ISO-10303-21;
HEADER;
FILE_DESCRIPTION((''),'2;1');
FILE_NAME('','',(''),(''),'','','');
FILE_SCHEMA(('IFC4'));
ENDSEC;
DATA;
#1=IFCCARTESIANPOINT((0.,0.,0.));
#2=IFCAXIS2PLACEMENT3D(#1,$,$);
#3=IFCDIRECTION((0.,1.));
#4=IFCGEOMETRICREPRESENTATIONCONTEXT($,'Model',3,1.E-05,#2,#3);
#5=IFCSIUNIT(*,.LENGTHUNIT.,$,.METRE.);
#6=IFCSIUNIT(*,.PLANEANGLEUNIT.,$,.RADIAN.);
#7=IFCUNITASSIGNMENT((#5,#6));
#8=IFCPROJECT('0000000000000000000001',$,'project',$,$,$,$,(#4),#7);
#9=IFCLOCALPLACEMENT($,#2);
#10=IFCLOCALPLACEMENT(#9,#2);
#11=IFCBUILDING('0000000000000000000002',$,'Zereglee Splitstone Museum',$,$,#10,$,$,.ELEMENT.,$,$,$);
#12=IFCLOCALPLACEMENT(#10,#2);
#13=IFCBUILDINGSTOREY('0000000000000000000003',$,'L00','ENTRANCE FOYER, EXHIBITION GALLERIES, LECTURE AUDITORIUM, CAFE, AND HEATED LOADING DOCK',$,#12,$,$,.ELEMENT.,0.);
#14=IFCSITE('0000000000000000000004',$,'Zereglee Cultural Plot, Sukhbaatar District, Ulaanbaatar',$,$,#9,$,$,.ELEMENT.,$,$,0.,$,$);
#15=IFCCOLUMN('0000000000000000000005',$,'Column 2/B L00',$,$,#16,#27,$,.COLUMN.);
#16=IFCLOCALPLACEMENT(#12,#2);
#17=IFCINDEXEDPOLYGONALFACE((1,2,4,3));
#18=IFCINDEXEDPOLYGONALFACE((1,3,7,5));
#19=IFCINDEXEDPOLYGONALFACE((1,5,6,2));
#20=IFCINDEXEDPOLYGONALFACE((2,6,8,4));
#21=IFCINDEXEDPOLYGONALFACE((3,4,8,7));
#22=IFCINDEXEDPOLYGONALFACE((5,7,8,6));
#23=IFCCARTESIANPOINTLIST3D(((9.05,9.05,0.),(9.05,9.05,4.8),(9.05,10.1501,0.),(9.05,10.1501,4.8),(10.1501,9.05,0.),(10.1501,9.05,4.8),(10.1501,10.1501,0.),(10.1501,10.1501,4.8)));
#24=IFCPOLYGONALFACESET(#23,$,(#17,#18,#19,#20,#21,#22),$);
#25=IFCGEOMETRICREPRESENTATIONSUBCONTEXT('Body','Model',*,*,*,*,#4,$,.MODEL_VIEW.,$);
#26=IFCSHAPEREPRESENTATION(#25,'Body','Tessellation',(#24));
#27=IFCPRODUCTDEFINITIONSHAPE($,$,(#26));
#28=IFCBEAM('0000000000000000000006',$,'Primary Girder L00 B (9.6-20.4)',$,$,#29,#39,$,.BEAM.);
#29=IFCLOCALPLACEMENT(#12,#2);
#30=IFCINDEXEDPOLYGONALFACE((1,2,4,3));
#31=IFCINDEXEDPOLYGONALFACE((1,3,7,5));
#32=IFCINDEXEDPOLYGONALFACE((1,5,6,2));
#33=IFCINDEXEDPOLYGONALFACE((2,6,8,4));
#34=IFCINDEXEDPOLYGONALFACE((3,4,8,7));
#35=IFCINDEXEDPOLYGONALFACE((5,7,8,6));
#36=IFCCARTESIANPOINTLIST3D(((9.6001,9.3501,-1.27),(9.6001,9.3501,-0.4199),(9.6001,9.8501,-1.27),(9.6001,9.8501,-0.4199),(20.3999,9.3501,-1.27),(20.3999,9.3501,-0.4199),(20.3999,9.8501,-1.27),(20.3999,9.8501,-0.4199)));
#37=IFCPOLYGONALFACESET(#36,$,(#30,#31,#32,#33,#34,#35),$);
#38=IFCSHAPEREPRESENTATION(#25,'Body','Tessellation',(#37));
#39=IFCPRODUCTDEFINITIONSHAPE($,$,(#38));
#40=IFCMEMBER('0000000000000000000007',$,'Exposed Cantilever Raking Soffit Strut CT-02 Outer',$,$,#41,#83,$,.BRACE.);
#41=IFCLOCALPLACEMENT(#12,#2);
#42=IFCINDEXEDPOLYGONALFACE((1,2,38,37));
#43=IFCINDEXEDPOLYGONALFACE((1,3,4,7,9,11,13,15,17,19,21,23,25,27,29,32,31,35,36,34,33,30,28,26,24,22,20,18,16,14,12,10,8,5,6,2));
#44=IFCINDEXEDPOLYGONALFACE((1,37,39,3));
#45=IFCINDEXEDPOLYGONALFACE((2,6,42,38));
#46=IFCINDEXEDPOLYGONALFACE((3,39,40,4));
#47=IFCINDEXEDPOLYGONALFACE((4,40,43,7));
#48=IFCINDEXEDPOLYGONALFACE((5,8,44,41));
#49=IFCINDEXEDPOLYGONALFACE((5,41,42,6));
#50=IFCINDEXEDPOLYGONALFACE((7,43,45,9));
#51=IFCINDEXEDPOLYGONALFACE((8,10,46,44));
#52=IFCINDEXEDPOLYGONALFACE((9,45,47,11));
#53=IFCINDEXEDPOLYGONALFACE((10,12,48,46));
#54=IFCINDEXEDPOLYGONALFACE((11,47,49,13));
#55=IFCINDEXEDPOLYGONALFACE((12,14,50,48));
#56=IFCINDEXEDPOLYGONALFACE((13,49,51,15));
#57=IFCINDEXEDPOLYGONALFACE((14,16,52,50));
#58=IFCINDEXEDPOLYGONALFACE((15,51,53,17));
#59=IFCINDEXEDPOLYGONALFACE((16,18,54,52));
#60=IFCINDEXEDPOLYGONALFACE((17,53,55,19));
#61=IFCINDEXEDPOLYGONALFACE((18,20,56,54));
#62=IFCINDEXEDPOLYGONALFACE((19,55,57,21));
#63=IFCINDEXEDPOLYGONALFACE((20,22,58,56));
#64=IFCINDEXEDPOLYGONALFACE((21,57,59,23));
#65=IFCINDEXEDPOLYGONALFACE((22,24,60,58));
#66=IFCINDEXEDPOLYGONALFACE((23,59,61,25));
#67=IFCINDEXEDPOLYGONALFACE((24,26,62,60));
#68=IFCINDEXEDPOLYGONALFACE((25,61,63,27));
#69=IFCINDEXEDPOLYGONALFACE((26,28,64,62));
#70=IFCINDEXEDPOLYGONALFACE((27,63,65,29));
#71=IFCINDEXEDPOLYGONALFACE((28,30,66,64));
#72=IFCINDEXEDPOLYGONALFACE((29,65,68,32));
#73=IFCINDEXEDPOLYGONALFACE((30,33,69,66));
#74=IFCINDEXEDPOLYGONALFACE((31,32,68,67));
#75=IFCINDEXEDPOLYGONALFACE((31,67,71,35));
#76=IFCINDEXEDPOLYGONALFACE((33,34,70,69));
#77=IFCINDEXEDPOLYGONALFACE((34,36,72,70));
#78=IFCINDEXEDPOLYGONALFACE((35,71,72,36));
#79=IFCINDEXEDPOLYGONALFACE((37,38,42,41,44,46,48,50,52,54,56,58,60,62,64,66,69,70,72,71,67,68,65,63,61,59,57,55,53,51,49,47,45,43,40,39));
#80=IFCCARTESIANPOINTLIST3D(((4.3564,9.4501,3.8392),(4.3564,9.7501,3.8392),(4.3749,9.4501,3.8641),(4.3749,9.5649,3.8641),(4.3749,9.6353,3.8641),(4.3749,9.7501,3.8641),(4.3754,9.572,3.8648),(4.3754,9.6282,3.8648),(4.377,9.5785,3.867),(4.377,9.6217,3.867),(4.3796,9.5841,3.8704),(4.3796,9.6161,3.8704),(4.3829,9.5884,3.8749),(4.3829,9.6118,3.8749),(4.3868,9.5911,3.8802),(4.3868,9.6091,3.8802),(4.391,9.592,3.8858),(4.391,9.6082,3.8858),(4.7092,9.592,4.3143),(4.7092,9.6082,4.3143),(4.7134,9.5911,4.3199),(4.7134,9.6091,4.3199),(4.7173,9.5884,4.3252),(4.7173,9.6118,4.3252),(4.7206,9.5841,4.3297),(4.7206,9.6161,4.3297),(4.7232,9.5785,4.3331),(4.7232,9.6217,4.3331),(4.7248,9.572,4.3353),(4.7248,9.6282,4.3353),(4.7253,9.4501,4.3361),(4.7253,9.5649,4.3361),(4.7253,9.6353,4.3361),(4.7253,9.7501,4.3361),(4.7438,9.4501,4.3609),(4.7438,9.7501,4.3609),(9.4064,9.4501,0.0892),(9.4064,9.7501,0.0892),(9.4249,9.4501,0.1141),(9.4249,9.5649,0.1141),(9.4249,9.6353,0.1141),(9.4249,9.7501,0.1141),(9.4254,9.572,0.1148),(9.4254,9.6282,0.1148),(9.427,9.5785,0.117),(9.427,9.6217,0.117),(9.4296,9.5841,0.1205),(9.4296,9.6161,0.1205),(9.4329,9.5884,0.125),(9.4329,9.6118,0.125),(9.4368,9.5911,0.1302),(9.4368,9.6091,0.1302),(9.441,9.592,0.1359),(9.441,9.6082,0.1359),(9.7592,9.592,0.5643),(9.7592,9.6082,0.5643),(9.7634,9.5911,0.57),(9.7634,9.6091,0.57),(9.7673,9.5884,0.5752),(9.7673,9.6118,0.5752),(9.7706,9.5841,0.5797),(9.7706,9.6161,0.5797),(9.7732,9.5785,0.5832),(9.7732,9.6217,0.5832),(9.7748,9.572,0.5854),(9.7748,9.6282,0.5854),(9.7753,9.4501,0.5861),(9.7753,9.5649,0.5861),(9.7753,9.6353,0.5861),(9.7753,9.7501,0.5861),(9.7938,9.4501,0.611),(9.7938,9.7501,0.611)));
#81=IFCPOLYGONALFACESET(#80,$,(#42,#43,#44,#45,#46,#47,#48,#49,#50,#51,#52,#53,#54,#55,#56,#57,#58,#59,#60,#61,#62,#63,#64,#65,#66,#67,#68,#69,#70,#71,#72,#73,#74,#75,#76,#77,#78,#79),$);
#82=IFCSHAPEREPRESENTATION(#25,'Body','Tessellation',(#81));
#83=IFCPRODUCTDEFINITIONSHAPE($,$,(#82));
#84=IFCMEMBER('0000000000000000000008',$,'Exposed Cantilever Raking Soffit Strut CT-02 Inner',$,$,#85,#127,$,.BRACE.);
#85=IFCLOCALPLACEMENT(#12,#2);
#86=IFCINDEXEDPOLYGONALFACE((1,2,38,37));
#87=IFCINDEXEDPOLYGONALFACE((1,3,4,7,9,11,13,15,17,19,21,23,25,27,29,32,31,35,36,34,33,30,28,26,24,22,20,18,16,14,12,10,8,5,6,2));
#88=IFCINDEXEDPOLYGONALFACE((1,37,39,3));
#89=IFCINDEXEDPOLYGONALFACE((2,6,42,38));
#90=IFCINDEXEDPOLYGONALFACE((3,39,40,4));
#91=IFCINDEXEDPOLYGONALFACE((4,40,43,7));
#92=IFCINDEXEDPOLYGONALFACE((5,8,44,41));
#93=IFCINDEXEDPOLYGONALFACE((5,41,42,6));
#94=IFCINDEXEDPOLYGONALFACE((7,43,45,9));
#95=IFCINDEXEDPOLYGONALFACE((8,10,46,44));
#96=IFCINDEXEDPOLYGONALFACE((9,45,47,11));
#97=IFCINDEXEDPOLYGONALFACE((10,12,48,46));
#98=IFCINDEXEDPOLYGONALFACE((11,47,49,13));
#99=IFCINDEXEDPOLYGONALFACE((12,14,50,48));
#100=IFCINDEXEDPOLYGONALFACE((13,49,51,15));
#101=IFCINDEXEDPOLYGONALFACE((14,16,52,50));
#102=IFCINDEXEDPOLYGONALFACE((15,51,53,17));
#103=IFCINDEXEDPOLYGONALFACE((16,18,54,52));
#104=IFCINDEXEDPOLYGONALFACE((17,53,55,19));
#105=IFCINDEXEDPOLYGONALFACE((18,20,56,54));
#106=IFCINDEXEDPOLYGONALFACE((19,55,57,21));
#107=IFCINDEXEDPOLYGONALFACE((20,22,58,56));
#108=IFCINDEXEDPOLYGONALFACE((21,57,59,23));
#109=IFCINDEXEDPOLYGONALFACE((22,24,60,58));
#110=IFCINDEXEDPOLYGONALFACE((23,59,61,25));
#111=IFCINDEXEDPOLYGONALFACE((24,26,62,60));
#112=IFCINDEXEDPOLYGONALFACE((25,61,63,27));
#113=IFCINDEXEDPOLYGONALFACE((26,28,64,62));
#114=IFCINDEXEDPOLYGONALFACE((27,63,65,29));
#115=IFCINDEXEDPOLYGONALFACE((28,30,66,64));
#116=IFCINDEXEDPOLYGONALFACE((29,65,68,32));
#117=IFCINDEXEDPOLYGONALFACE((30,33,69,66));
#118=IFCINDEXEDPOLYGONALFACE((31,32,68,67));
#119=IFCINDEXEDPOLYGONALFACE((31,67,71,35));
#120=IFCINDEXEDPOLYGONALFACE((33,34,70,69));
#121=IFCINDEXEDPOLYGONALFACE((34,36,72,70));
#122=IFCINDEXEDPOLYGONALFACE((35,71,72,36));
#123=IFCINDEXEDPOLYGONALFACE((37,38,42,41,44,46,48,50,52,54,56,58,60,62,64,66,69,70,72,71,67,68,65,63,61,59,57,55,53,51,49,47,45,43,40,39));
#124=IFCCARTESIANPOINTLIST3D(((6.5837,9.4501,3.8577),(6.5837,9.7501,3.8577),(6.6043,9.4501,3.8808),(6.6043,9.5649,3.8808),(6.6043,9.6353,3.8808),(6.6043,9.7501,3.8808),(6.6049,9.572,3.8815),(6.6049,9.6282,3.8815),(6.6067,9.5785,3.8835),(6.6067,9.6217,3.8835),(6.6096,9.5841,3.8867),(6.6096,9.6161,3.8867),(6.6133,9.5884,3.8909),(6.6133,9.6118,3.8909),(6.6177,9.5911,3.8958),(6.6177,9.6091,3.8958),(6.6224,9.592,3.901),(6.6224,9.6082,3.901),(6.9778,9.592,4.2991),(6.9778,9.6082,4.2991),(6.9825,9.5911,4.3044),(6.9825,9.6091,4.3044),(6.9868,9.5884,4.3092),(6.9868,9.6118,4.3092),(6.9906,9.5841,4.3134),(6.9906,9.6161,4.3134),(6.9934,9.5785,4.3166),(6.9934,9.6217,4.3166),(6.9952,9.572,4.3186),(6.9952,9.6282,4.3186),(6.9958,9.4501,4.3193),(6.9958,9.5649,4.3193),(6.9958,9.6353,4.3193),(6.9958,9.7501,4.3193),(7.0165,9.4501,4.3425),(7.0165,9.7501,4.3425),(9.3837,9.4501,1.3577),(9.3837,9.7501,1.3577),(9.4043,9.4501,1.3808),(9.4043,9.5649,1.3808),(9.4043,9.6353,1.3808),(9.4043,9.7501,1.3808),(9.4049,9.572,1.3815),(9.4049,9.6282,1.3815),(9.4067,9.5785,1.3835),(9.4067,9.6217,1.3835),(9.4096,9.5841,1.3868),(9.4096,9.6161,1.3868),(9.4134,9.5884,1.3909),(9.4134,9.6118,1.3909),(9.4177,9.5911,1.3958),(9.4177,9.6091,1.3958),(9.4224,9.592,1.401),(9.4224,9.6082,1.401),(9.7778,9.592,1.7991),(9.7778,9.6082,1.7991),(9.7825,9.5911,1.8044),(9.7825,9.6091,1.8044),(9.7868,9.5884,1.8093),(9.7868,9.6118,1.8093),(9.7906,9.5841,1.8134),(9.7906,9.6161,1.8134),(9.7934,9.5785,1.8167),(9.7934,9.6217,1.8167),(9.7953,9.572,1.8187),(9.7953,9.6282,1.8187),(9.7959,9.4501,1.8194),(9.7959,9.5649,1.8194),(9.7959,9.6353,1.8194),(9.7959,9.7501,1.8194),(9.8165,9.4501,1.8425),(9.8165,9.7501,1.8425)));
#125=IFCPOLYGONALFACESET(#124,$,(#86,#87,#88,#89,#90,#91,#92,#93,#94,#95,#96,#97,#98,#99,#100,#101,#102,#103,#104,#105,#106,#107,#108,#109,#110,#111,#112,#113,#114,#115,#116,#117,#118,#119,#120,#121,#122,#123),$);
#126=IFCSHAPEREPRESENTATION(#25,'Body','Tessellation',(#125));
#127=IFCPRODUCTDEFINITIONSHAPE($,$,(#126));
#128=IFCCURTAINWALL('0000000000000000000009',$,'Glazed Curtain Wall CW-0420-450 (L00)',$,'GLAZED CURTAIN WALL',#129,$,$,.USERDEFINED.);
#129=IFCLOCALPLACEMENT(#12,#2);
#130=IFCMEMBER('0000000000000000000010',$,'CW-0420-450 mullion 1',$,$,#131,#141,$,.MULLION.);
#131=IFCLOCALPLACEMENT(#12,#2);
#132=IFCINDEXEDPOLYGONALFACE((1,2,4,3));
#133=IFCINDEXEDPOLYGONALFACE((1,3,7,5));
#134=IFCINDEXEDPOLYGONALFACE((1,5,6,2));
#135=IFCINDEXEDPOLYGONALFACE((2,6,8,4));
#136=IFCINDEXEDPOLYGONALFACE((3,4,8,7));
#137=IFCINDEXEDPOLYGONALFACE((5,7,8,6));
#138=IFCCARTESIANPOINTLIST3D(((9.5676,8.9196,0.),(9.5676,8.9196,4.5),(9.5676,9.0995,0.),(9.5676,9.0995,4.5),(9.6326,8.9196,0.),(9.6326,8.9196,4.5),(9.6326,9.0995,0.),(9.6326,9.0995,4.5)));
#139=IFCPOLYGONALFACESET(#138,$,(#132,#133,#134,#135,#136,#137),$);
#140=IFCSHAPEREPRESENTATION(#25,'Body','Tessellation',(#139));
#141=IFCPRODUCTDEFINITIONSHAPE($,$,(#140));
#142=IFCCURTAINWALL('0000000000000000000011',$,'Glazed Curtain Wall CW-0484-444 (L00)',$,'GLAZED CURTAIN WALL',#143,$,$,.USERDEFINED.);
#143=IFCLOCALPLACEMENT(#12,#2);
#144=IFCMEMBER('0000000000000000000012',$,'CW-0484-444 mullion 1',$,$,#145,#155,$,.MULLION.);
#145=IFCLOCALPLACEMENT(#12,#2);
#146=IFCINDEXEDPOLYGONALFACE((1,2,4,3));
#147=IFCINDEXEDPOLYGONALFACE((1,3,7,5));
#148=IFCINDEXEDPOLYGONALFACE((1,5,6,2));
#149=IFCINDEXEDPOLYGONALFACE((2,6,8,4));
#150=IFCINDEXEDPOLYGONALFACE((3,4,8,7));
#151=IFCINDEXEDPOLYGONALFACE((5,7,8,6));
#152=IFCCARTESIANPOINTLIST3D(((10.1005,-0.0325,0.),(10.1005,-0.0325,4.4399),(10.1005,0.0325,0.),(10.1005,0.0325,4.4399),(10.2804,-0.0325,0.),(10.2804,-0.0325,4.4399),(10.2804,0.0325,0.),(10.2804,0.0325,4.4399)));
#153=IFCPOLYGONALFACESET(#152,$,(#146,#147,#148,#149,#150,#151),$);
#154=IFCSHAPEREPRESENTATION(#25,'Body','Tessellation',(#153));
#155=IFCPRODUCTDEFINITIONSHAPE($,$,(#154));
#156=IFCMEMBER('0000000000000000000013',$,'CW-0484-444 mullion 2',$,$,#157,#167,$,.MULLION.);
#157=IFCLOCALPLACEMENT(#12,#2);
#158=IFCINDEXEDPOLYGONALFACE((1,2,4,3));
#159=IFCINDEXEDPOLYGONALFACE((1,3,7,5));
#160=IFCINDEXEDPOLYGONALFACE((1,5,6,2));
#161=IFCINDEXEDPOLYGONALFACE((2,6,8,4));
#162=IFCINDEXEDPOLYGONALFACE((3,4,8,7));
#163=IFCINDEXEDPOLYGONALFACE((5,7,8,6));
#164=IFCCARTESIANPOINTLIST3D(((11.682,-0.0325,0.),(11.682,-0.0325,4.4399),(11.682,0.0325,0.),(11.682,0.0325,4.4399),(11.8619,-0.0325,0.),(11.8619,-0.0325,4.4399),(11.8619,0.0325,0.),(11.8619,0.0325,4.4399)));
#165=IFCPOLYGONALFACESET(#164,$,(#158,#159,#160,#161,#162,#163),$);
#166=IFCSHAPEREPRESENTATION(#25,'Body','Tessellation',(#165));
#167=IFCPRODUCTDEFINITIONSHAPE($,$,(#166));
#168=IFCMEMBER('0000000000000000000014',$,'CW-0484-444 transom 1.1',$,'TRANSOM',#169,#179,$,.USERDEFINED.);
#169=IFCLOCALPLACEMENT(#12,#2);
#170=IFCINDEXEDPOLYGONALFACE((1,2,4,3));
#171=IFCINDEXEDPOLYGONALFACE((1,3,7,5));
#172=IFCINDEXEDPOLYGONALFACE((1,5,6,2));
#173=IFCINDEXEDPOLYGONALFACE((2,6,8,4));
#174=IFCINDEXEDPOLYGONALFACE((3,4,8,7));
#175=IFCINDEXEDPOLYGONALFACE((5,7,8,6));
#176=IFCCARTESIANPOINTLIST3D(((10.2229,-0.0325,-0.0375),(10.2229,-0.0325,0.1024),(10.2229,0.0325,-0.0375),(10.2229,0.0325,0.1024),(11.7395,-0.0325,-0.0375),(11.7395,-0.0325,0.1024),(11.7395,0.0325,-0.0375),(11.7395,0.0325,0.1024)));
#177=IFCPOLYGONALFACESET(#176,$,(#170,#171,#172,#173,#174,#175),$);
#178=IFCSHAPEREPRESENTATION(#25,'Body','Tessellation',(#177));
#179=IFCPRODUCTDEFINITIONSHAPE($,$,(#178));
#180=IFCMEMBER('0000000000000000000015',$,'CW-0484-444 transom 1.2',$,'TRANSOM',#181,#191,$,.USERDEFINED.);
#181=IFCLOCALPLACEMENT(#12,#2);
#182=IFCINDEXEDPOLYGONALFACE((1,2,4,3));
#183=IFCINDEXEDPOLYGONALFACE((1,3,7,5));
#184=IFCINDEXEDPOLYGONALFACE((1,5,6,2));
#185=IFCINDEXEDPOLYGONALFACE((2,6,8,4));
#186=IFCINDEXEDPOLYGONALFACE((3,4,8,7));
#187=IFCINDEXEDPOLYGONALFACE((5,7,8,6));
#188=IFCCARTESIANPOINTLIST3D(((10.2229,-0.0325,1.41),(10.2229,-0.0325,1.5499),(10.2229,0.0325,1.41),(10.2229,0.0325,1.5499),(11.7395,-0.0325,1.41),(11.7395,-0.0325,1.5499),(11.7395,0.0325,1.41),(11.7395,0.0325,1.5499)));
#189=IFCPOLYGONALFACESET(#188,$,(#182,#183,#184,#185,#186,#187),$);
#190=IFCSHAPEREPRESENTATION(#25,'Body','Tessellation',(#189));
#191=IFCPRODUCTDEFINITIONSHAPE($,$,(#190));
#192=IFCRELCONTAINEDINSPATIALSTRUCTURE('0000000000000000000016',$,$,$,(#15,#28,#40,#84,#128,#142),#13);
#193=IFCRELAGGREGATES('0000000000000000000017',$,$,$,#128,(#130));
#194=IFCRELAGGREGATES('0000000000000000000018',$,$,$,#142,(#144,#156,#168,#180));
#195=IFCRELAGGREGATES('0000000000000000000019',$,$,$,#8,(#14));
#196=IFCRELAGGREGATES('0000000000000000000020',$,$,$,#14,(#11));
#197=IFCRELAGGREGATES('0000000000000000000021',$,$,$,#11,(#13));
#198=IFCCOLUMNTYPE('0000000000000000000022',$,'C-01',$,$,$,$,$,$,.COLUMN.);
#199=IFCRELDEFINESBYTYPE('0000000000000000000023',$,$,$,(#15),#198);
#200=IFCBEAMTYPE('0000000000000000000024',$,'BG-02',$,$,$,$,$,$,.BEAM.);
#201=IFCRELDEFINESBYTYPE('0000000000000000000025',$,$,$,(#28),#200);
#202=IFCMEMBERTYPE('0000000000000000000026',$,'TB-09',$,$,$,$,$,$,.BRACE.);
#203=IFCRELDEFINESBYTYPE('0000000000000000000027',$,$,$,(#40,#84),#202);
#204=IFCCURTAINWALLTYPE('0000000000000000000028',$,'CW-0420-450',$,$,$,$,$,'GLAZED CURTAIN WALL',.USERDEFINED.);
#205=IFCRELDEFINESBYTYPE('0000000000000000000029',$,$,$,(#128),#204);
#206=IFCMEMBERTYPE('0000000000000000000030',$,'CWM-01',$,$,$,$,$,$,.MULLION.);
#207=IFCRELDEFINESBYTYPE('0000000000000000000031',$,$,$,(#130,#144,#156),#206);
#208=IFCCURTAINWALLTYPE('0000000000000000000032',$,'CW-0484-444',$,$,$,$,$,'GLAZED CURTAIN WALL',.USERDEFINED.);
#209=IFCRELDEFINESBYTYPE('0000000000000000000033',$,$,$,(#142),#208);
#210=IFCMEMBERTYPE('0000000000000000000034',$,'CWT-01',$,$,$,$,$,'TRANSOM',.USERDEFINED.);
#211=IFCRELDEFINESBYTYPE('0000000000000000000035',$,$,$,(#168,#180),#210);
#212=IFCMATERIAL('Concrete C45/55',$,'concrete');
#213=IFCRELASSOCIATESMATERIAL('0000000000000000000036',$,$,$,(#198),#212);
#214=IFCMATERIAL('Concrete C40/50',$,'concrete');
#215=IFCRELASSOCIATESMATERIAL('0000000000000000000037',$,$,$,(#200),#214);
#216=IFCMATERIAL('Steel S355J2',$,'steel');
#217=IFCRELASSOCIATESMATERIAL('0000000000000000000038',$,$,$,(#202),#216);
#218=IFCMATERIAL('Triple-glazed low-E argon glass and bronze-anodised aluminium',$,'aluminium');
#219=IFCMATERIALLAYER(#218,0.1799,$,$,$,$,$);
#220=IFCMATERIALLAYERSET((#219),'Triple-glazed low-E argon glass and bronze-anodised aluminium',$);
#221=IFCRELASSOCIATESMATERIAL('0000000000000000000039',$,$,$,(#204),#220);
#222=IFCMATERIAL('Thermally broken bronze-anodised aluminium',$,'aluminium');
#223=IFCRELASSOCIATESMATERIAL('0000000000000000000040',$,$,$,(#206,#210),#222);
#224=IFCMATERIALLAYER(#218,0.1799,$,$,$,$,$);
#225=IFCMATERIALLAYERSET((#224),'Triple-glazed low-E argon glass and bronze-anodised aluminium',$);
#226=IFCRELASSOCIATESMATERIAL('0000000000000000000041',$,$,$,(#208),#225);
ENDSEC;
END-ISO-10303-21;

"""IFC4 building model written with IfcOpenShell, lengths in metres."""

from ifc_helpers import new_model, si_unit, direction, frame, origin, origin_2d, place, context, subcontext, project, spatial, rectangle, i_section, extrude, material, layer, layer_set, material_profile, profile_set, type_object, element, aggregate, save


model = new_model("IFC4")

# Units and contexts
model_context = context("Model", 3, precision=1e-05, world=origin(), true_north=direction((0.0, 1.0)))
body_context = subcontext(model_context, "Body", "Model", "MODEL_VIEW")
ifc_project = project(units=[si_unit("LENGTHUNIT", "METRE"), si_unit("PLANEANGLEUNIT", "RADIAN")], contexts=[model_context])

# Site, building, storey
site_placement = place(None, origin())
site = spatial("IfcSite", under=ifc_project, at=site_placement, Name="Zereglee Cultural Plot, Sukhbaatar District, Ulaanbaatar", CompositionType="ELEMENT", RefElevation=0.0)
building_placement = place(site_placement, origin())
building = spatial("IfcBuilding", under=site, at=building_placement, Name="Zereglee Splitstone Museum", CompositionType="ELEMENT")
storey_placement = place(building_placement, origin())
storey = spatial("IfcBuildingStorey", under=building, at=storey_placement, Name="L00", Description="ENTRANCE FOYER, EXHIBITION GALLERIES, LECTURE AUDITORIUM, CAFE, AND HEATED LOADING DOCK", CompositionType="ELEMENT", Elevation=0.0)

# Column
ifc_material_1 = material(Name="Concrete C45/55", Category="concrete")
ifc_material_profile_1 = material_profile(ifc_material_1, rectangle(XDim=1.1001, YDim=1.1001, at=origin_2d()), Name="RC 1100x1100")
ifc_profile_set_1 = profile_set([ifc_material_profile_1], Name="Concrete C45/55")
column_type = type_object("IfcColumnType", Name="C-01", PredefinedType="COLUMN", material=ifc_profile_set_1)
column_placement = place(storey_placement, frame((9.6001, 9.6001, 0.0), z_axis=(0.0, 0.0, 1.0), x_axis=(1.0, 0.0, 0.0)))
element("IfcColumn", 1, at=column_placement, inside=storey, type_object=column_type, Name="Column 2/B L00", PredefinedType="COLUMN", context=body_context, shape_type="SweptSolid", body=[
    extrude(rectangle(XDim=1.1001, YDim=1.1001, at=origin_2d()), origin(), (0.0, 0.0, 1.0), 4.8),
])

# Beam
ifc_material_2 = material(Name="Concrete C40/50", Category="concrete")
ifc_material_profile_2 = material_profile(ifc_material_2, rectangle(XDim=0.5, YDim=0.8501, at=origin_2d()), Name="RC 500x850")
ifc_profile_set_2 = profile_set([ifc_material_profile_2], Name="Concrete C40/50")
beam_type_1 = type_object("IfcBeamType", Name="BG-02", PredefinedType="BEAM", material=ifc_profile_set_2)
beam_1_placement = place(storey_placement, frame((9.6001, 9.6001, -0.845), z_axis=(1.0, 0.0, 0.0), x_axis=(0.0, 1.0, 0.0)))
element("IfcBeam", 2, at=beam_1_placement, inside=storey, type_object=beam_type_1, Name="Primary Girder L00 B (9.6-20.4)", PredefinedType="BEAM", context=body_context, shape_type="SweptSolid", body=[
    extrude(rectangle(XDim=0.5, YDim=0.8501, at=origin_2d()), origin(), (0.0, 0.0, 1.0), 10.7998),
])

# Members
ifc_material_3 = material(Name="Steel S355J2", Category="steel")
ifc_material_profile_3 = material_profile(ifc_material_3, i_section(OverallWidth=0.3, OverallDepth=0.6499, WebThickness=0.0161, FlangeThickness=0.031, FilletRadius=0.0271, at=origin_2d()), Name="HE 650 B")
ifc_profile_set_3 = profile_set([ifc_material_profile_3], Name="Steel S355J2")
member_type_1 = type_object("IfcMemberType", Name="TB-09", PredefinedType="BRACE", material=ifc_profile_set_3)
member_1_placement = place(storey_placement, frame((9.6001, 9.6001, 0.3501), z_axis=(-0.802855, 0.0, 0.596174), x_axis=(0.0, -1.0, 0.0)))
element("IfcMember", 3, at=member_1_placement, inside=storey, type_object=member_type_1, Name="Exposed Cantilever Raking Soffit Strut CT-02 Outer", PredefinedType="BRACE", context=body_context, shape_type="SweptSolid", body=[
    extrude(i_section(OverallWidth=0.3, OverallDepth=0.6499, WebThickness=0.0161, FlangeThickness=0.031, FilletRadius=0.0271, at=origin_2d()), origin(), (0.0, 0.0, 1.0), 6.29),
])
member_2_placement = place(storey_placement, frame((9.6001, 9.6001, 1.6001), z_axis=(-0.745943, 0.0, 0.666009), x_axis=(0.0, -1.0, 0.0)))
element("IfcMember", 4, at=member_2_placement, inside=storey, type_object=member_type_1, Name="Exposed Cantilever Raking Soffit Strut CT-02 Inner", PredefinedType="BRACE", context=body_context, shape_type="SweptSolid", body=[
    extrude(i_section(OverallWidth=0.3, OverallDepth=0.6499, WebThickness=0.0161, FlangeThickness=0.031, FilletRadius=0.0271, at=origin_2d()), origin(), (0.0, 0.0, 1.0), 3.7537),
])

# Curtain wall, member
ifc_material_4 = material(Name="Triple-glazed low-E argon glass and bronze-anodised aluminium", Category="aluminium")
ifc_layer_1 = layer(ifc_material_4, 0.1799)
ifc_layer_set_1 = layer_set([ifc_layer_1], Name="Triple-glazed low-E argon glass and bronze-anodised aluminium")
curtain_wall_type_1 = type_object("IfcCurtainWallType", Name="CW-0420-450", ElementType="GLAZED CURTAIN WALL", PredefinedType="USERDEFINED", material=ifc_layer_set_1)
curtain_wall_1_placement = place(storey_placement, origin())
curtain_wall_1 = element("IfcCurtainWall", 5, at=curtain_wall_1_placement, inside=storey, type_object=curtain_wall_type_1, Name="Glazed Curtain Wall CW-0420-450 (L00)", ObjectType="GLAZED CURTAIN WALL", PredefinedType="USERDEFINED")
ifc_material_5 = material(Name="Thermally broken bronze-anodised aluminium", Category="aluminium")
ifc_material_profile_4 = material_profile(ifc_material_5, rectangle(XDim=0.0649, YDim=0.1799, at=origin_2d()), Name="CW MULL 65x180")
ifc_profile_set_4 = profile_set([ifc_material_profile_4], Name="Thermally broken bronze-anodised aluminium")
member_type_2 = type_object("IfcMemberType", Name="CWM-01", PredefinedType="MULLION", material=ifc_profile_set_4)
member_3_placement = place(storey_placement, frame((9.6001, 9.0095, 0.0), z_axis=(0.0, 0.0, 1.0), x_axis=(1.0, 0.0, 0.0)))
member_3 = element("IfcMember", 6, at=member_3_placement, type_object=member_type_2, Name="CW-0420-450 mullion 1", PredefinedType="MULLION", context=body_context, shape_type="SweptSolid", body=[
    extrude(rectangle(XDim=0.0649, YDim=0.1799, at=origin_2d()), origin(), (0.0, 0.0, 1.0), 4.5),
])
aggregate(curtain_wall_1, [member_3])

# Curtain wall, members
ifc_layer_2 = layer(ifc_material_4, 0.1799)
ifc_layer_set_2 = layer_set([ifc_layer_2], Name="Triple-glazed low-E argon glass and bronze-anodised aluminium")
curtain_wall_type_2 = type_object("IfcCurtainWallType", Name="CW-0484-444", ElementType="GLAZED CURTAIN WALL", PredefinedType="USERDEFINED", material=ifc_layer_set_2)
curtain_wall_2_placement = place(storey_placement, origin())
curtain_wall_2 = element("IfcCurtainWall", 7, at=curtain_wall_2_placement, inside=storey, type_object=curtain_wall_type_2, Name="Glazed Curtain Wall CW-0484-444 (L00)", ObjectType="GLAZED CURTAIN WALL", PredefinedType="USERDEFINED")
member_4_placement = place(storey_placement, frame((10.1904, 0.0, 0.0), z_axis=(0.0, 0.0, 1.0), x_axis=(0.0, 1.0, 0.0)))
member_4 = element("IfcMember", 8, at=member_4_placement, type_object=member_type_2, Name="CW-0484-444 mullion 1", PredefinedType="MULLION", context=body_context, shape_type="SweptSolid", body=[
    extrude(rectangle(XDim=0.0649, YDim=0.1799, at=origin_2d()), origin(), (0.0, 0.0, 1.0), 4.4399),
])
member_5_placement = place(storey_placement, frame((11.772, 0.0, 0.0), z_axis=(0.0, 0.0, 1.0), x_axis=(0.0, 1.0, 0.0)))
member_5 = element("IfcMember", 9, at=member_5_placement, type_object=member_type_2, Name="CW-0484-444 mullion 2", PredefinedType="MULLION", context=body_context, shape_type="SweptSolid", body=[
    extrude(rectangle(XDim=0.0649, YDim=0.1799, at=origin_2d()), origin(), (0.0, 0.0, 1.0), 4.4399),
])
ifc_material_profile_5 = material_profile(ifc_material_5, rectangle(XDim=0.0649, YDim=0.1399, at=origin_2d()), Name="CW TRAN 65x140")
ifc_profile_set_5 = profile_set([ifc_material_profile_5], Name="Thermally broken bronze-anodised aluminium")
member_type_3 = type_object("IfcMemberType", Name="CWT-01", ElementType="TRANSOM", PredefinedType="USERDEFINED", material=ifc_profile_set_5)
member_6_placement = place(storey_placement, frame((10.2229, 0.0, 0.0325), z_axis=(1.0, 0.0, 0.0), x_axis=(0.0, 1.0, 0.0)))
member_6 = element("IfcMember", 10, at=member_6_placement, type_object=member_type_3, Name="CW-0484-444 transom 1.1", ObjectType="TRANSOM", PredefinedType="USERDEFINED", context=body_context, shape_type="SweptSolid", body=[
    extrude(rectangle(XDim=0.0649, YDim=0.1399, at=origin_2d()), origin(), (0.0, 0.0, 1.0), 1.5166),
])
member_7_placement = place(storey_placement, frame((10.2229, 0.0, 1.48), z_axis=(1.0, 0.0, 0.0), x_axis=(0.0, 1.0, 0.0)))
member_7 = element("IfcMember", 11, at=member_7_placement, type_object=member_type_3, Name="CW-0484-444 transom 1.2", ObjectType="TRANSOM", PredefinedType="USERDEFINED", context=body_context, shape_type="SweptSolid", body=[
    extrude(rectangle(XDim=0.0649, YDim=0.1399, at=origin_2d()), origin(), (0.0, 0.0, 1.0), 1.5166),
])

aggregate(curtain_wall_2, [member_4, member_5, member_6, member_7])

save(model, "model.ifc")
